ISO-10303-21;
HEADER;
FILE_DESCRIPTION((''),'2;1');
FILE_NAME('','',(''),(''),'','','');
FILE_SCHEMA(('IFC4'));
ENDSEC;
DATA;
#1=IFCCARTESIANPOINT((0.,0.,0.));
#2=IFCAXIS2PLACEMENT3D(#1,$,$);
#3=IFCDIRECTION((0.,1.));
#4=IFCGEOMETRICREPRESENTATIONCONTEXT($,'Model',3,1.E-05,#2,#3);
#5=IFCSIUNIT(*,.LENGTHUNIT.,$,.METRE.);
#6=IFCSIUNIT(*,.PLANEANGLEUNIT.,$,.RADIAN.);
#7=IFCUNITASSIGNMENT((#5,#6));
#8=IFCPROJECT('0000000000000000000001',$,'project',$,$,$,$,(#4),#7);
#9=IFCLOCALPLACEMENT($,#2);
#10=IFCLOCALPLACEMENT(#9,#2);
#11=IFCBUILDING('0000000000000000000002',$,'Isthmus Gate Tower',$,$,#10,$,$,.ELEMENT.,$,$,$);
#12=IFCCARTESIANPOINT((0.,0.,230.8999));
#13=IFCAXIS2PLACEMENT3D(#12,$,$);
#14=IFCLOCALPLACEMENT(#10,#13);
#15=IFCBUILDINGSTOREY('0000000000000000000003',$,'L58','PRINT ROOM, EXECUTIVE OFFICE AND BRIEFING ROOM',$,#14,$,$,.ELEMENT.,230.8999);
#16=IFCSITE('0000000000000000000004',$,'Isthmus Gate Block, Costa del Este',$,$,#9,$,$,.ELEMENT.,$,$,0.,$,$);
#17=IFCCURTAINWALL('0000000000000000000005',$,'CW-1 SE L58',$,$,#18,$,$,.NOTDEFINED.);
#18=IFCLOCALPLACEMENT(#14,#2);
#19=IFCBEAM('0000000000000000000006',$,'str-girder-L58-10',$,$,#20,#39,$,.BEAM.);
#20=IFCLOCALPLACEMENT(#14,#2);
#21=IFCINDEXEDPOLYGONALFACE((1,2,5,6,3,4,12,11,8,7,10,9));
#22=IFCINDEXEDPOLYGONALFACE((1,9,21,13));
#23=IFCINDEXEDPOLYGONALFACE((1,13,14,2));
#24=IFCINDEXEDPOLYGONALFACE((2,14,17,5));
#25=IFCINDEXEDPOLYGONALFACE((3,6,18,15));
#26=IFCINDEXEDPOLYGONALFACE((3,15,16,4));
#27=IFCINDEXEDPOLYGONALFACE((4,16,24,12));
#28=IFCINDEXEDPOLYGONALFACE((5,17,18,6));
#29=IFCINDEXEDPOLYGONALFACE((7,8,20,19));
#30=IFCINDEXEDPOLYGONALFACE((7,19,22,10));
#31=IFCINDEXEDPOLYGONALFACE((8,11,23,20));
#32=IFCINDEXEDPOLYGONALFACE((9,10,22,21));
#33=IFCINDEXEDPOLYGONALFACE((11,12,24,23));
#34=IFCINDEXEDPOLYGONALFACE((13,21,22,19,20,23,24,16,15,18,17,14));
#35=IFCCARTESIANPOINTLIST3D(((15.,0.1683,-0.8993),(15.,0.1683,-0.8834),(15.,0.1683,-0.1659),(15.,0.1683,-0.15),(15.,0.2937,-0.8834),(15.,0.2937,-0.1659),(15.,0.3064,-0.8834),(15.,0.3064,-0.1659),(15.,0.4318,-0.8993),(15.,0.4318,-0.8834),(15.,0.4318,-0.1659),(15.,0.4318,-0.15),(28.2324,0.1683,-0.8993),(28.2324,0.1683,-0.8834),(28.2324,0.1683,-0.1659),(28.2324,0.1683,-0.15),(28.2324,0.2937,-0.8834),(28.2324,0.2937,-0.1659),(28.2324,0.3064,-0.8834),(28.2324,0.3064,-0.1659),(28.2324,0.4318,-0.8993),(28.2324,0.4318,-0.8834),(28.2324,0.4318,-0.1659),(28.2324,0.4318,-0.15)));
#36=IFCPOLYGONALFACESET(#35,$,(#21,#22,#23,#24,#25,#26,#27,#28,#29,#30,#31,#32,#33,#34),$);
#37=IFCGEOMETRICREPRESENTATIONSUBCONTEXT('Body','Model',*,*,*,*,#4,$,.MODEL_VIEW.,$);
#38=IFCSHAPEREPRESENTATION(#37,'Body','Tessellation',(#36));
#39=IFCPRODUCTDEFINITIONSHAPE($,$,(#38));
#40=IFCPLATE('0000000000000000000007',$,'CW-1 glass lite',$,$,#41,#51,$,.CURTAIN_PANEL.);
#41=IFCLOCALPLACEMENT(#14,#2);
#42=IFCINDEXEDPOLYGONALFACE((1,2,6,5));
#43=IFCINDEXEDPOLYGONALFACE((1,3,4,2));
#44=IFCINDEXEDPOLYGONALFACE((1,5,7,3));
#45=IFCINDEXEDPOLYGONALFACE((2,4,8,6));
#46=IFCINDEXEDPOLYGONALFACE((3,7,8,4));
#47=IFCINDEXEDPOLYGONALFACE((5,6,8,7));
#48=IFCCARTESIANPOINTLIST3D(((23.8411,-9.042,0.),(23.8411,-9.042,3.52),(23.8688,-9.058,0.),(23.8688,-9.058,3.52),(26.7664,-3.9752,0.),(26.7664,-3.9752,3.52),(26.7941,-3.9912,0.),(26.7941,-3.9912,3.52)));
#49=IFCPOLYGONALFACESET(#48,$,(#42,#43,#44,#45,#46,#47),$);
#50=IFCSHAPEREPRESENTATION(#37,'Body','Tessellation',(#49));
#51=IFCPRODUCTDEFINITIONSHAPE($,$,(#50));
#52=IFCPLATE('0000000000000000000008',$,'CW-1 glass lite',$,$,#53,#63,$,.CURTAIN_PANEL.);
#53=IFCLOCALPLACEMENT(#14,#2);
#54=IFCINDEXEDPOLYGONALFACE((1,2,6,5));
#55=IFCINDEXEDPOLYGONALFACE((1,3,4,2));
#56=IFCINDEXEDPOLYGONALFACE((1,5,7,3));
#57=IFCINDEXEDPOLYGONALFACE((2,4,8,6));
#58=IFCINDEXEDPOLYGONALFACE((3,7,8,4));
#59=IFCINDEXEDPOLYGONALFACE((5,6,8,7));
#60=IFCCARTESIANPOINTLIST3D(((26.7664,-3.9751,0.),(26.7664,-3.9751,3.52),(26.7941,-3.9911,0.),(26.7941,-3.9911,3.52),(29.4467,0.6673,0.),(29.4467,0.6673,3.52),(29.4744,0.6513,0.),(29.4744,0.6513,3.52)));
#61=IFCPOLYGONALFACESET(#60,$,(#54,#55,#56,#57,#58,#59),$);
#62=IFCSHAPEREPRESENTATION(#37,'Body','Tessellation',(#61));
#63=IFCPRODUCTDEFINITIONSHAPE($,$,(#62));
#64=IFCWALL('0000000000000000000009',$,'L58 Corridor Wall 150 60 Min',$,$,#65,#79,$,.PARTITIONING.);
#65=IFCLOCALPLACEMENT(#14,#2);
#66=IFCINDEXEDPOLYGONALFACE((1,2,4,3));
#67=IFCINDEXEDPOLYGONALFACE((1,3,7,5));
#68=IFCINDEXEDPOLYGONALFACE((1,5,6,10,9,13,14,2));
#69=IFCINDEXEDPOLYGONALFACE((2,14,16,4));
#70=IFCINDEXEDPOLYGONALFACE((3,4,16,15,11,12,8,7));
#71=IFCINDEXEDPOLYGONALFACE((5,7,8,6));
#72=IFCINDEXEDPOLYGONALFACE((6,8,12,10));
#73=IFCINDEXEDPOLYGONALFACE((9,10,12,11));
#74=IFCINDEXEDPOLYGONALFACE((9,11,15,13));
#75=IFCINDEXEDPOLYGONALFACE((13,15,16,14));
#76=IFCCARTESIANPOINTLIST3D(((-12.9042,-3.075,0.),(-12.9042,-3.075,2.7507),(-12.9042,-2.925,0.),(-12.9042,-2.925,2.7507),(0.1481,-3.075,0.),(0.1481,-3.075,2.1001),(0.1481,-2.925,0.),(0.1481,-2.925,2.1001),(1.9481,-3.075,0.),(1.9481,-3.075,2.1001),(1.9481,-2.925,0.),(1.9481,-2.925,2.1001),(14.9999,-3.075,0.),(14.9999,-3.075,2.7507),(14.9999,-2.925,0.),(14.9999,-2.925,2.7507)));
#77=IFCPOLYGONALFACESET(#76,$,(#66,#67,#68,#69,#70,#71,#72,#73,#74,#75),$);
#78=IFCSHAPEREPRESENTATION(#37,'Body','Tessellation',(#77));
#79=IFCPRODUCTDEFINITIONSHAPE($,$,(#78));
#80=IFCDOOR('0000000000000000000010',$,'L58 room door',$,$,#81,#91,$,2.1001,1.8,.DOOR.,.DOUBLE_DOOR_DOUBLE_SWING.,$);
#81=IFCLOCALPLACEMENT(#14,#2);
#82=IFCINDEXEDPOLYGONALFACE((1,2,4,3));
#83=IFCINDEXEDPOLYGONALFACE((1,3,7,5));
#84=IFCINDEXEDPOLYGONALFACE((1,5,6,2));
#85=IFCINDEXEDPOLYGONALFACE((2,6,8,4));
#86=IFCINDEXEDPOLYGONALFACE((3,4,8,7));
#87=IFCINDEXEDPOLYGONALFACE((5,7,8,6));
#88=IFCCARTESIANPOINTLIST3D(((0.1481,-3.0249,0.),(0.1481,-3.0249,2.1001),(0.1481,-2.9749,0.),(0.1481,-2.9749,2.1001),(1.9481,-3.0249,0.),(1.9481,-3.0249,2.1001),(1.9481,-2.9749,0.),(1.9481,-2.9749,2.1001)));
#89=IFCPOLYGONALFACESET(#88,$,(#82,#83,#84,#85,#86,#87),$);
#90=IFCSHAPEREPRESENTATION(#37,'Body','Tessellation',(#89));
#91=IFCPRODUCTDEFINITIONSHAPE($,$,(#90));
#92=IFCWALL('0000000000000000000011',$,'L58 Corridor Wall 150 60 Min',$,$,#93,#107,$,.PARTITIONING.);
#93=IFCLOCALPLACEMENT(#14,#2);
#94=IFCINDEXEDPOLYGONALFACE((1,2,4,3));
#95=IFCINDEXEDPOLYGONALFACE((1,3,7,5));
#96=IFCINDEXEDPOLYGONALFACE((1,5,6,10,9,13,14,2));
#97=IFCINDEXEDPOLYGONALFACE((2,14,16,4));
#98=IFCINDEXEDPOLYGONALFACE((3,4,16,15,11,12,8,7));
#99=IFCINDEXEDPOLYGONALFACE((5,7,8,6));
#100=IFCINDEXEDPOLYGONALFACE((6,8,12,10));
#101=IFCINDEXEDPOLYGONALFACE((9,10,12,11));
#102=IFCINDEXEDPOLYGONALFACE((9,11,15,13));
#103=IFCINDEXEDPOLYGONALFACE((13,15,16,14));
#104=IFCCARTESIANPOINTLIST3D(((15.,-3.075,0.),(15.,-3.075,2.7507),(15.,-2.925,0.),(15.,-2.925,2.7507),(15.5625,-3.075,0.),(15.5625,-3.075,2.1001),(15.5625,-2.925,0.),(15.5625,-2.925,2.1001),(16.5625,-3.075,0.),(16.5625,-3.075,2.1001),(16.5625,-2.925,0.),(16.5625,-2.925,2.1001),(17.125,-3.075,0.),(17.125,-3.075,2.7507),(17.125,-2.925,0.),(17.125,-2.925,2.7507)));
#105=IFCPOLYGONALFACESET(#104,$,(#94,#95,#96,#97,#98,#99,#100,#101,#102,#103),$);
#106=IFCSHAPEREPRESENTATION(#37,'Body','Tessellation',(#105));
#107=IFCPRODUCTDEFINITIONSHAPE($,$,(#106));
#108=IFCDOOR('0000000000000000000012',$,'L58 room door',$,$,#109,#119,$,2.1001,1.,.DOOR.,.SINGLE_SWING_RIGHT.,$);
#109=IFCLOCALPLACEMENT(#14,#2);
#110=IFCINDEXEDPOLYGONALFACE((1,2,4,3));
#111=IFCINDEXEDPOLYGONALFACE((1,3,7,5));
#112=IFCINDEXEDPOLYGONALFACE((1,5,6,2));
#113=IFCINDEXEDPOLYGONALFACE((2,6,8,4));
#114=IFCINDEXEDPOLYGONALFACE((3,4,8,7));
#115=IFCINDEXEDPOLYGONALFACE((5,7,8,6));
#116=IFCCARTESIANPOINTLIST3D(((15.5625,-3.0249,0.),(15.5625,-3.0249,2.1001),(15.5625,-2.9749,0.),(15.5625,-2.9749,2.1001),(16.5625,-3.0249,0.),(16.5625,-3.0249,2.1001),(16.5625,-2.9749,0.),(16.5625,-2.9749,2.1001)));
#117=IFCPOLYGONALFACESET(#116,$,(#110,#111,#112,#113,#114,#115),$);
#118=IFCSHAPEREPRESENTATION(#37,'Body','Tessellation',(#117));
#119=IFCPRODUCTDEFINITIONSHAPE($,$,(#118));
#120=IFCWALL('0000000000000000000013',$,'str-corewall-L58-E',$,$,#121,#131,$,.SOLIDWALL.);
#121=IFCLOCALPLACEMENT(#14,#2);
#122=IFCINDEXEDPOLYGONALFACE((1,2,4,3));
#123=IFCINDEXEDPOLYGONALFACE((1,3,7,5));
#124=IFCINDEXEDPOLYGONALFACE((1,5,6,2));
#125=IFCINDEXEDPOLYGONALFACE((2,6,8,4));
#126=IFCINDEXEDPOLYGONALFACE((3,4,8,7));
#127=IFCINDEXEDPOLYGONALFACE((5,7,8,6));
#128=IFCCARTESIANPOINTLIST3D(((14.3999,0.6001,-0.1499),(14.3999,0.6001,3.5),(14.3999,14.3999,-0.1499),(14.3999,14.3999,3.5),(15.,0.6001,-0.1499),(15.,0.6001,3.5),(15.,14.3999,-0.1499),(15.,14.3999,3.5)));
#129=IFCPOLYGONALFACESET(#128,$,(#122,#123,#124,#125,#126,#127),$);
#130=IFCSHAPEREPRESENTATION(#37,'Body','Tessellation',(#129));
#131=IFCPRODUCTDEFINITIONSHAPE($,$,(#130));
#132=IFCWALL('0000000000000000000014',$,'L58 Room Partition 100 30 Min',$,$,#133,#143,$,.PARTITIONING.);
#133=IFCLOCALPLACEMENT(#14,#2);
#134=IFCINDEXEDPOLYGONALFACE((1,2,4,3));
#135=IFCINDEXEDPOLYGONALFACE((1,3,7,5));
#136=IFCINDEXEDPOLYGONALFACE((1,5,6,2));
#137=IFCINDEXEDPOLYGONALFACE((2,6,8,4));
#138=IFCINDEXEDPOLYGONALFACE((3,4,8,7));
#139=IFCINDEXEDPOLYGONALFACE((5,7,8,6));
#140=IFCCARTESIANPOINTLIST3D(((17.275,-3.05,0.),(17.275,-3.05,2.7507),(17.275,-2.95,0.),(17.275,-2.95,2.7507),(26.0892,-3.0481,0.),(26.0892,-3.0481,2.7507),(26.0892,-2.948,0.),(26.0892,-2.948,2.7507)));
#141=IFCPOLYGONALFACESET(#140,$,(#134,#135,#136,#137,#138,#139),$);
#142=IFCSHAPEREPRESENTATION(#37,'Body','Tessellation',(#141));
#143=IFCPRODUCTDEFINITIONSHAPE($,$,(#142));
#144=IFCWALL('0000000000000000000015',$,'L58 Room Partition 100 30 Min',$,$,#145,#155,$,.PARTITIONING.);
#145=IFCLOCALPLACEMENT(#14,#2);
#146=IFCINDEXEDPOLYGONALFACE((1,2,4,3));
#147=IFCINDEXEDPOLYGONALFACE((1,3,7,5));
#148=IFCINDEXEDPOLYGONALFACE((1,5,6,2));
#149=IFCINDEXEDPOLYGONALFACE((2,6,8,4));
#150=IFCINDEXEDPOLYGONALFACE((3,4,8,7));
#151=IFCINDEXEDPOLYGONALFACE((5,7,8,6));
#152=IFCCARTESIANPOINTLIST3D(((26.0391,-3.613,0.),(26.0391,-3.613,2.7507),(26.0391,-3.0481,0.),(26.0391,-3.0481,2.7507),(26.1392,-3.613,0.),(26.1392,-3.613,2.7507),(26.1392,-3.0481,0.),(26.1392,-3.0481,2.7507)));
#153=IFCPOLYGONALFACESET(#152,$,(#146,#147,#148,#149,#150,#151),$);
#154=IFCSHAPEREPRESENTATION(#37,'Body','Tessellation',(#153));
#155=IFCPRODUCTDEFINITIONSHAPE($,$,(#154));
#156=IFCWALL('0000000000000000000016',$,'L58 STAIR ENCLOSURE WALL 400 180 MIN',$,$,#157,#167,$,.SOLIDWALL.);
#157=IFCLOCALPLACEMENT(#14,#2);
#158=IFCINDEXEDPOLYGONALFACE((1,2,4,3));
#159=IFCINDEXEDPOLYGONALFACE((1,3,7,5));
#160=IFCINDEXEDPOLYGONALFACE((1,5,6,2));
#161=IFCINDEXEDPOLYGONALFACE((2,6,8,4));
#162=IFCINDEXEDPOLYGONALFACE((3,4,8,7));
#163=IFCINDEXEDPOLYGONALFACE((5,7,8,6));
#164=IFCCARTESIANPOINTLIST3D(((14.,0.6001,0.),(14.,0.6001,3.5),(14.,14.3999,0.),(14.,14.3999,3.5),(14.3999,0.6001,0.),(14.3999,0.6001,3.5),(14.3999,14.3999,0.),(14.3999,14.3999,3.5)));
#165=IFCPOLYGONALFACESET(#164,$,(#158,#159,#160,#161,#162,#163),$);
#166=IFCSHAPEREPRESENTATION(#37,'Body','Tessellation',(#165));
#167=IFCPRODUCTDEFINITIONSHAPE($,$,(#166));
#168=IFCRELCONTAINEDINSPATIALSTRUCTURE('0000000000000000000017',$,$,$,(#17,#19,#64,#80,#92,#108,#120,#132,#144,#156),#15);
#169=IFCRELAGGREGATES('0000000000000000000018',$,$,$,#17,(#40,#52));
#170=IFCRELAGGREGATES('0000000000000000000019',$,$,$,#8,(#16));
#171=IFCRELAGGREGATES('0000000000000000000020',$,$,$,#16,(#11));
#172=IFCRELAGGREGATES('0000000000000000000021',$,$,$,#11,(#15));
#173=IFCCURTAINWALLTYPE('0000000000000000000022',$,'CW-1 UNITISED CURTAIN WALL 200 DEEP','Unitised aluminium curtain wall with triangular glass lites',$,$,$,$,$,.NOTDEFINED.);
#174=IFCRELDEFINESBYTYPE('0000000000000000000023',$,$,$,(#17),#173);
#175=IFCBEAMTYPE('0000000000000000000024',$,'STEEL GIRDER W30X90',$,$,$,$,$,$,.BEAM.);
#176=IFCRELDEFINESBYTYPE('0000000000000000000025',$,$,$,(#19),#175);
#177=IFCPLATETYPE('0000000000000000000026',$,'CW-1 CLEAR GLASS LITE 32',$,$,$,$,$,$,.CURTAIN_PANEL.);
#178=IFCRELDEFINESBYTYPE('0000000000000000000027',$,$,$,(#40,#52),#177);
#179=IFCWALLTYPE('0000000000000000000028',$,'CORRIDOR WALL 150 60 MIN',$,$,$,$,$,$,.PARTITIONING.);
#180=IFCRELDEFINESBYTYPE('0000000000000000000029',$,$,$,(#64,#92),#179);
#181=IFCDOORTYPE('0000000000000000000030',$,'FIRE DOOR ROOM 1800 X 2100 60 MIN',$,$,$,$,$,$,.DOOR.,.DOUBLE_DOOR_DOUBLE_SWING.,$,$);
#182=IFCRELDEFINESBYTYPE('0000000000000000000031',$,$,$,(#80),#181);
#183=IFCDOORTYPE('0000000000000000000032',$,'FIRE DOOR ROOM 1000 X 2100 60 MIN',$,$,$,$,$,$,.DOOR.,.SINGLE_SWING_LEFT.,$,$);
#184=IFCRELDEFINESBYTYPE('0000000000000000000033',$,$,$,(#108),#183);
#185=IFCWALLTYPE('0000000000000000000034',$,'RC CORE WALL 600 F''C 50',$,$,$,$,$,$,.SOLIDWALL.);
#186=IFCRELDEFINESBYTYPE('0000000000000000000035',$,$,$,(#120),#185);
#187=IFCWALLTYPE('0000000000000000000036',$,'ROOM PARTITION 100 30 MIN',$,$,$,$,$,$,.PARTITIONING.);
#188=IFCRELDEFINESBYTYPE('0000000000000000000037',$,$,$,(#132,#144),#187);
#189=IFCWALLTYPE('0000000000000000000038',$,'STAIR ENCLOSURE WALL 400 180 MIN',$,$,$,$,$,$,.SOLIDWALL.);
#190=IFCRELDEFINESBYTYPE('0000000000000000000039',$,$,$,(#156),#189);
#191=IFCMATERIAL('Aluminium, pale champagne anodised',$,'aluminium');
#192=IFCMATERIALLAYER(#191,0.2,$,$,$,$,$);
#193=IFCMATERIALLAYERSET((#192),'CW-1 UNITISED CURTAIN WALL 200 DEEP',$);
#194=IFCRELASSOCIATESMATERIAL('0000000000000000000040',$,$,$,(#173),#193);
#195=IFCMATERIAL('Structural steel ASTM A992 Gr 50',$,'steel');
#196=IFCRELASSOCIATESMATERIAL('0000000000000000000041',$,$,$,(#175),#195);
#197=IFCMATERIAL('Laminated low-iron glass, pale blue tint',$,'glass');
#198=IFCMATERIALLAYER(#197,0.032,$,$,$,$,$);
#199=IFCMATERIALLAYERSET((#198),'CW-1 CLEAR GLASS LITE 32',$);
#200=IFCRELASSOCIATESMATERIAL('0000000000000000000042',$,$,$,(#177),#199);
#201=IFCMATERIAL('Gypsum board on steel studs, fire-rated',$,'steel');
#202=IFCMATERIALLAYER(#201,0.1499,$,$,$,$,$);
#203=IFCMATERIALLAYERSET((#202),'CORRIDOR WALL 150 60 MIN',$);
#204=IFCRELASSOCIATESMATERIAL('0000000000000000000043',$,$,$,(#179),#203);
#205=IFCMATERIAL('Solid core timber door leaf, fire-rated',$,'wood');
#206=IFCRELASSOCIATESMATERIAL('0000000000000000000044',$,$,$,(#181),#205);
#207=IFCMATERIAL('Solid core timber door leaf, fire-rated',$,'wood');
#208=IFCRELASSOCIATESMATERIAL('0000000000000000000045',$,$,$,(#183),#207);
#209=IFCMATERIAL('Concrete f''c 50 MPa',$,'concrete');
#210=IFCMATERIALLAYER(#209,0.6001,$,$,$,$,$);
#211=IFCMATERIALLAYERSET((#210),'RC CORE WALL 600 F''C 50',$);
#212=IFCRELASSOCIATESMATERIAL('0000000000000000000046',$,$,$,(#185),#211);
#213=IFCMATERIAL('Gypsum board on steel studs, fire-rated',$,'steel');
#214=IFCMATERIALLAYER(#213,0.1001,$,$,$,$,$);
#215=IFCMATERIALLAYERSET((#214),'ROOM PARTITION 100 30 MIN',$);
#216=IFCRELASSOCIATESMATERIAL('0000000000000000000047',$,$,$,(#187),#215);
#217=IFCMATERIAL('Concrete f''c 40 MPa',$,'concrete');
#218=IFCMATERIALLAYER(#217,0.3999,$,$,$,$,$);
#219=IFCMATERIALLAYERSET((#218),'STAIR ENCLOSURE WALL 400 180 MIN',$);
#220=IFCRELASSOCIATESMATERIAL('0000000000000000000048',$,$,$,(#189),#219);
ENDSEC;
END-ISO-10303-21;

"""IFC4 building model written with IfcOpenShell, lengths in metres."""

from ifc_helpers import new_model, si_unit, direction, frame, frame_2d, origin, origin_2d, place, context, subcontext, project, spatial, rectangle, i_section, extrude, material, layer, layer_set, material_profile, profile_set, type_object, element, fill, aggregate, save


model = new_model("IFC4")

# Units and contexts
model_context = context("Model", 3, precision=1e-05, world=origin(), true_north=direction((0.0, 1.0)))
body_context = subcontext(model_context, "Body", "Model", "MODEL_VIEW")
ifc_project = project(units=[si_unit("LENGTHUNIT", "METRE"), si_unit("PLANEANGLEUNIT", "RADIAN")], contexts=[model_context])

# Site, building, storey
site_placement = place(None, origin())
site = spatial("IfcSite", under=ifc_project, at=site_placement, Name="Isthmus Gate Block, Costa del Este", CompositionType="ELEMENT", RefElevation=0.0)
building_placement = place(site_placement, origin())
building = spatial("IfcBuilding", under=site, at=building_placement, Name="Isthmus Gate Tower", CompositionType="ELEMENT")
storey_placement = place(building_placement, frame((0.0, 0.0, 230.8999)))
storey = spatial("IfcBuildingStorey", under=building, at=storey_placement, Name="L58", Description="PRINT ROOM, EXECUTIVE OFFICE AND BRIEFING ROOM", CompositionType="ELEMENT", Elevation=230.8999)

# Curtain wall
ifc_material_1 = material(Name="Aluminium, pale champagne anodised", Category="aluminium")
ifc_layer_1 = layer(ifc_material_1, 0.2)
ifc_layer_set_1 = layer_set([ifc_layer_1], Name="CW-1 UNITISED CURTAIN WALL 200 DEEP")
curtain_wall_type = type_object("IfcCurtainWallType", Name="CW-1 UNITISED CURTAIN WALL 200 DEEP", Description="Unitised aluminium curtain wall with triangular glass lites", PredefinedType="NOTDEFINED", material=ifc_layer_set_1)
curtain_wall_1_placement = place(storey_placement, origin())
curtain_wall_1 = element("IfcCurtainWall", 1, at=curtain_wall_1_placement, inside=storey, type_object=curtain_wall_type, Name="CW-1 SE L58", PredefinedType="NOTDEFINED")

# Beam
ifc_material_2 = material(Name="Structural steel ASTM A992 Gr 50", Category="steel")
ifc_material_profile_1 = material_profile(ifc_material_2, i_section(OverallWidth=0.2634, OverallDepth=0.7493, WebThickness=0.0127, FlangeThickness=0.0159, at=origin_2d()), Name="W30X90")
ifc_profile_set_1 = profile_set([ifc_material_profile_1], Name="Structural steel ASTM A992 Gr 50")
beam_type_1 = type_object("IfcBeamType", Name="STEEL GIRDER W30X90", PredefinedType="BEAM", material=ifc_profile_set_1)
beam_1_placement = place(storey_placement, frame((15.0, 0.3, -0.5247), z_axis=(1.0, 0.0, 0.0), x_axis=(0.0, 1.0, 0.0)))
element("IfcBeam", 2, at=beam_1_placement, inside=storey, type_object=beam_type_1, Name="str-girder-L58-10", PredefinedType="BEAM", context=body_context, shape_type="SweptSolid", body=[
    extrude(i_section(OverallWidth=0.2634, OverallDepth=0.7493, WebThickness=0.0127, FlangeThickness=0.0159, at=origin_2d()), origin(), (0.0, 0.0, 1.0), 13.2324),
])

# Plates
ifc_material_3 = material(Name="Laminated low-iron glass, pale blue tint", Category="glass")
ifc_layer_2 = layer(ifc_material_3, 0.032)
ifc_layer_set_2 = layer_set([ifc_layer_2], Name="CW-1 CLEAR GLASS LITE 32")
plate_type = type_object("IfcPlateType", Name="CW-1 CLEAR GLASS LITE 32", PredefinedType="CURTAIN_PANEL", material=ifc_layer_set_2)
plate_1_placement = place(storey_placement, frame((25.3176, -6.5166, 0.0), z_axis=(0.0, 0.0, 1.0), x_axis=(0.5, 0.866025, 0.0)))
plate_1 = element("IfcPlate", 3, at=plate_1_placement, type_object=plate_type, Name="CW-1 glass lite", PredefinedType="CURTAIN_PANEL", context=body_context, shape_type="SweptSolid", body=[
    extrude(rectangle(XDim=5.8506, YDim=0.032, at=origin_2d()), origin(), (0.0, 0.0, 1.0), 3.52),
])
plate_2_placement = place(storey_placement, frame((28.1204, -1.6619, 0.0), z_axis=(0.0, 0.0, 1.0), x_axis=(0.5, 0.866025, 0.0)))
plate_2 = element("IfcPlate", 4, at=plate_2_placement, type_object=plate_type, Name="CW-1 glass lite", PredefinedType="CURTAIN_PANEL", context=body_context, shape_type="SweptSolid", body=[
    extrude(rectangle(XDim=5.3606, YDim=0.032, at=origin_2d()), origin(), (0.0, 0.0, 1.0), 3.52),
])
aggregate(curtain_wall_1, [plate_1, plate_2])

# Walls, openings, doors
ifc_material_4 = material(Name="Gypsum board on steel studs, fire-rated", Category="steel")
ifc_layer_3 = layer(ifc_material_4, 0.1499)
ifc_layer_set_3 = layer_set([ifc_layer_3], Name="CORRIDOR WALL 150 60 MIN")
wall_type_1 = type_object("IfcWallType", Name="CORRIDOR WALL 150 60 MIN", PredefinedType="PARTITIONING", material=ifc_layer_set_3)
wall_1_placement = place(storey_placement, frame((15.0, -3.0, 0.0), z_axis=(0.0, 0.0, 1.0), x_axis=(-1.0, 0.0, 0.0)))
wall_1 = element("IfcWall", 5, at=wall_1_placement, inside=storey, type_object=wall_type_1, Name="L58 Corridor Wall 150 60 Min", PredefinedType="PARTITIONING", context=body_context, shape_type="SweptSolid", body=[
    extrude(rectangle(XDim=27.9041, YDim=0.1499, at=frame_2d((13.9521, 0.0))), origin(), (0.0, 0.0, 1.0), 2.7507),
])
opening_1_placement = place(wall_1_placement, frame((13.052, 0.0, 0.0)))
opening_1 = element("IfcOpeningElement", 6, at=opening_1_placement, cuts=wall_1, PredefinedType="OPENING", context=body_context, shape_type="SweptSolid", body=[
    extrude(rectangle(XDim=1.8, YDim=2.1001, at=frame_2d((0.8999, 1.05))), frame((0.0, 0.085, 0.0), z_axis=(0.0, -1.0, 0.0), x_axis=(1.0, 0.0, 0.0)), (0.0, 0.0, 1.0), 0.1699),
])
ifc_material_5 = material(Name="Solid core timber door leaf, fire-rated", Category="wood")
door_type_1 = type_object("IfcDoorType", Name="FIRE DOOR ROOM 1800 X 2100 60 MIN", OperationType="DOUBLE_DOOR_DOUBLE_SWING", PredefinedType="DOOR", material=ifc_material_5)
door_1_placement = place(opening_1_placement, origin())
door_1 = element("IfcDoor", 7, at=door_1_placement, inside=storey, type_object=door_type_1, Name="L58 room door", OperationType="DOUBLE_DOOR_DOUBLE_SWING", OverallHeight=2.1001, OverallWidth=1.8, PredefinedType="DOOR", context=body_context, shape_type="SweptSolid", body=[
    extrude(rectangle(XDim=1.8, YDim=2.1001, at=frame_2d((0.8999, 1.05))), frame((0.0, 0.0249, 0.0), z_axis=(0.0, -1.0, 0.0), x_axis=(1.0, 0.0, 0.0)), (0.0, 0.0, 1.0), 0.05),
])
fill(opening_1, door_1)
wall_2_placement = place(storey_placement, frame((17.125, -3.0, 0.0), z_axis=(0.0, 0.0, 1.0), x_axis=(-1.0, 0.0, 0.0)))
wall_2 = element("IfcWall", 8, at=wall_2_placement, inside=storey, type_object=wall_type_1, Name="L58 Corridor Wall 150 60 Min", PredefinedType="PARTITIONING", context=body_context, shape_type="SweptSolid", body=[
    extrude(rectangle(XDim=2.125, YDim=0.1499, at=frame_2d((1.0625, 0.0))), origin(), (0.0, 0.0, 1.0), 2.7507),
])
opening_2_placement = place(wall_2_placement, frame((0.5625, 0.0, 0.0)))
opening_2 = element("IfcOpeningElement", 9, at=opening_2_placement, cuts=wall_2, PredefinedType="OPENING", context=body_context, shape_type="SweptSolid", body=[
    extrude(rectangle(XDim=1.0, YDim=2.1001, at=frame_2d((0.5, 1.05))), frame((0.0, 0.085, 0.0), z_axis=(0.0, -1.0, 0.0), x_axis=(1.0, 0.0, 0.0)), (0.0, 0.0, 1.0), 0.1699),
])
ifc_material_6 = material(Name="Solid core timber door leaf, fire-rated", Category="wood")
door_type_2 = type_object("IfcDoorType", Name="FIRE DOOR ROOM 1000 X 2100 60 MIN", OperationType="SINGLE_SWING_LEFT", PredefinedType="DOOR", material=ifc_material_6)
door_2_placement = place(opening_2_placement, origin())
door_2 = element("IfcDoor", 10, at=door_2_placement, inside=storey, type_object=door_type_2, Name="L58 room door", OperationType="SINGLE_SWING_RIGHT", OverallHeight=2.1001, OverallWidth=1.0, PredefinedType="DOOR", context=body_context, shape_type="SweptSolid", body=[
    extrude(rectangle(XDim=1.0, YDim=2.1001, at=frame_2d((0.5, 1.05))), frame((0.0, 0.0249, 0.0), z_axis=(0.0, -1.0, 0.0), x_axis=(1.0, 0.0, 0.0)), (0.0, 0.0, 1.0), 0.05),
])
fill(opening_2, door_2)

# Walls
ifc_material_7 = material(Name="Concrete f'c 50 MPa", Category="concrete")
ifc_layer_4 = layer(ifc_material_7, 0.6001)
ifc_layer_set_4 = layer_set([ifc_layer_4], Name="RC CORE WALL 600 F'C 50")
wall_type_2 = type_object("IfcWallType", Name="RC CORE WALL 600 F'C 50", PredefinedType="SOLIDWALL", material=ifc_layer_set_4)
wall_3_placement = place(storey_placement, frame((14.7, 0.6001, -0.1499), z_axis=(0.0, 0.0, 1.0), x_axis=(0.0, 1.0, 0.0)))
element("IfcWall", 11, at=wall_3_placement, inside=storey, type_object=wall_type_2, Name="str-corewall-L58-E", PredefinedType="SOLIDWALL", context=body_context, shape_type="SweptSolid", body=[
    extrude(rectangle(XDim=13.7998, YDim=0.6001, at=frame_2d((6.8999, 0.0))), origin(), (0.0, 0.0, 1.0), 3.6499),
])
ifc_material_8 = material(Name="Gypsum board on steel studs, fire-rated", Category="steel")
ifc_layer_5 = layer(ifc_material_8, 0.1001)
ifc_layer_set_5 = layer_set([ifc_layer_5], Name="ROOM PARTITION 100 30 MIN")
wall_type_3 = type_object("IfcWallType", Name="ROOM PARTITION 100 30 MIN", PredefinedType="PARTITIONING", material=ifc_layer_set_5)
wall_4_placement = place(storey_placement, frame((17.2749, -3.0, 0.0), z_axis=(0.0, 0.0, 1.0), x_axis=(1.0, 0.000222, 0.0)))
element("IfcWall", 12, at=wall_4_placement, inside=storey, type_object=wall_type_3, Name="L58 Room Partition 100 30 Min", PredefinedType="PARTITIONING", context=body_context, shape_type="SweptSolid", body=[
    extrude(rectangle(XDim=8.8142, YDim=0.1001, at=frame_2d((4.4072, 0.0))), origin(), (0.0, 0.0, 1.0), 2.7507),
])
wall_5_placement = place(storey_placement, frame((26.0891, -3.613, 0.0), z_axis=(0.0, 0.0, 1.0), x_axis=(0.0, 1.0, 0.0)))
element("IfcWall", 13, at=wall_5_placement, inside=storey, type_object=wall_type_3, Name="L58 Room Partition 100 30 Min", PredefinedType="PARTITIONING", context=body_context, shape_type="SweptSolid", body=[
    extrude(rectangle(XDim=0.5649, YDim=0.1001, at=frame_2d((0.2825, 0.0))), origin(), (0.0, 0.0, 1.0), 2.7507),
])
ifc_material_9 = material(Name="Concrete f'c 40 MPa", Category="concrete")
ifc_layer_6 = layer(ifc_material_9, 0.3999)
ifc_layer_set_6 = layer_set([ifc_layer_6], Name="STAIR ENCLOSURE WALL 400 180 MIN")
wall_type_4 = type_object("IfcWallType", Name="STAIR ENCLOSURE WALL 400 180 MIN", PredefinedType="SOLIDWALL", material=ifc_layer_set_6)
wall_6_placement = place(storey_placement, frame((14.2, 0.6001, 0.0), z_axis=(0.0, 0.0, 1.0), x_axis=(0.0, 1.0, 0.0)))
element("IfcWall", 14, at=wall_6_placement, inside=storey, type_object=wall_type_4, Name="L58 STAIR ENCLOSURE WALL 400 180 MIN", PredefinedType="SOLIDWALL", context=body_context, shape_type="SweptSolid", body=[
    extrude(rectangle(XDim=13.7998, YDim=0.3999, at=frame_2d((6.8999, 0.0))), origin(), (0.0, 0.0, 1.0), 3.5),
])

save(model, "model.ifc")
